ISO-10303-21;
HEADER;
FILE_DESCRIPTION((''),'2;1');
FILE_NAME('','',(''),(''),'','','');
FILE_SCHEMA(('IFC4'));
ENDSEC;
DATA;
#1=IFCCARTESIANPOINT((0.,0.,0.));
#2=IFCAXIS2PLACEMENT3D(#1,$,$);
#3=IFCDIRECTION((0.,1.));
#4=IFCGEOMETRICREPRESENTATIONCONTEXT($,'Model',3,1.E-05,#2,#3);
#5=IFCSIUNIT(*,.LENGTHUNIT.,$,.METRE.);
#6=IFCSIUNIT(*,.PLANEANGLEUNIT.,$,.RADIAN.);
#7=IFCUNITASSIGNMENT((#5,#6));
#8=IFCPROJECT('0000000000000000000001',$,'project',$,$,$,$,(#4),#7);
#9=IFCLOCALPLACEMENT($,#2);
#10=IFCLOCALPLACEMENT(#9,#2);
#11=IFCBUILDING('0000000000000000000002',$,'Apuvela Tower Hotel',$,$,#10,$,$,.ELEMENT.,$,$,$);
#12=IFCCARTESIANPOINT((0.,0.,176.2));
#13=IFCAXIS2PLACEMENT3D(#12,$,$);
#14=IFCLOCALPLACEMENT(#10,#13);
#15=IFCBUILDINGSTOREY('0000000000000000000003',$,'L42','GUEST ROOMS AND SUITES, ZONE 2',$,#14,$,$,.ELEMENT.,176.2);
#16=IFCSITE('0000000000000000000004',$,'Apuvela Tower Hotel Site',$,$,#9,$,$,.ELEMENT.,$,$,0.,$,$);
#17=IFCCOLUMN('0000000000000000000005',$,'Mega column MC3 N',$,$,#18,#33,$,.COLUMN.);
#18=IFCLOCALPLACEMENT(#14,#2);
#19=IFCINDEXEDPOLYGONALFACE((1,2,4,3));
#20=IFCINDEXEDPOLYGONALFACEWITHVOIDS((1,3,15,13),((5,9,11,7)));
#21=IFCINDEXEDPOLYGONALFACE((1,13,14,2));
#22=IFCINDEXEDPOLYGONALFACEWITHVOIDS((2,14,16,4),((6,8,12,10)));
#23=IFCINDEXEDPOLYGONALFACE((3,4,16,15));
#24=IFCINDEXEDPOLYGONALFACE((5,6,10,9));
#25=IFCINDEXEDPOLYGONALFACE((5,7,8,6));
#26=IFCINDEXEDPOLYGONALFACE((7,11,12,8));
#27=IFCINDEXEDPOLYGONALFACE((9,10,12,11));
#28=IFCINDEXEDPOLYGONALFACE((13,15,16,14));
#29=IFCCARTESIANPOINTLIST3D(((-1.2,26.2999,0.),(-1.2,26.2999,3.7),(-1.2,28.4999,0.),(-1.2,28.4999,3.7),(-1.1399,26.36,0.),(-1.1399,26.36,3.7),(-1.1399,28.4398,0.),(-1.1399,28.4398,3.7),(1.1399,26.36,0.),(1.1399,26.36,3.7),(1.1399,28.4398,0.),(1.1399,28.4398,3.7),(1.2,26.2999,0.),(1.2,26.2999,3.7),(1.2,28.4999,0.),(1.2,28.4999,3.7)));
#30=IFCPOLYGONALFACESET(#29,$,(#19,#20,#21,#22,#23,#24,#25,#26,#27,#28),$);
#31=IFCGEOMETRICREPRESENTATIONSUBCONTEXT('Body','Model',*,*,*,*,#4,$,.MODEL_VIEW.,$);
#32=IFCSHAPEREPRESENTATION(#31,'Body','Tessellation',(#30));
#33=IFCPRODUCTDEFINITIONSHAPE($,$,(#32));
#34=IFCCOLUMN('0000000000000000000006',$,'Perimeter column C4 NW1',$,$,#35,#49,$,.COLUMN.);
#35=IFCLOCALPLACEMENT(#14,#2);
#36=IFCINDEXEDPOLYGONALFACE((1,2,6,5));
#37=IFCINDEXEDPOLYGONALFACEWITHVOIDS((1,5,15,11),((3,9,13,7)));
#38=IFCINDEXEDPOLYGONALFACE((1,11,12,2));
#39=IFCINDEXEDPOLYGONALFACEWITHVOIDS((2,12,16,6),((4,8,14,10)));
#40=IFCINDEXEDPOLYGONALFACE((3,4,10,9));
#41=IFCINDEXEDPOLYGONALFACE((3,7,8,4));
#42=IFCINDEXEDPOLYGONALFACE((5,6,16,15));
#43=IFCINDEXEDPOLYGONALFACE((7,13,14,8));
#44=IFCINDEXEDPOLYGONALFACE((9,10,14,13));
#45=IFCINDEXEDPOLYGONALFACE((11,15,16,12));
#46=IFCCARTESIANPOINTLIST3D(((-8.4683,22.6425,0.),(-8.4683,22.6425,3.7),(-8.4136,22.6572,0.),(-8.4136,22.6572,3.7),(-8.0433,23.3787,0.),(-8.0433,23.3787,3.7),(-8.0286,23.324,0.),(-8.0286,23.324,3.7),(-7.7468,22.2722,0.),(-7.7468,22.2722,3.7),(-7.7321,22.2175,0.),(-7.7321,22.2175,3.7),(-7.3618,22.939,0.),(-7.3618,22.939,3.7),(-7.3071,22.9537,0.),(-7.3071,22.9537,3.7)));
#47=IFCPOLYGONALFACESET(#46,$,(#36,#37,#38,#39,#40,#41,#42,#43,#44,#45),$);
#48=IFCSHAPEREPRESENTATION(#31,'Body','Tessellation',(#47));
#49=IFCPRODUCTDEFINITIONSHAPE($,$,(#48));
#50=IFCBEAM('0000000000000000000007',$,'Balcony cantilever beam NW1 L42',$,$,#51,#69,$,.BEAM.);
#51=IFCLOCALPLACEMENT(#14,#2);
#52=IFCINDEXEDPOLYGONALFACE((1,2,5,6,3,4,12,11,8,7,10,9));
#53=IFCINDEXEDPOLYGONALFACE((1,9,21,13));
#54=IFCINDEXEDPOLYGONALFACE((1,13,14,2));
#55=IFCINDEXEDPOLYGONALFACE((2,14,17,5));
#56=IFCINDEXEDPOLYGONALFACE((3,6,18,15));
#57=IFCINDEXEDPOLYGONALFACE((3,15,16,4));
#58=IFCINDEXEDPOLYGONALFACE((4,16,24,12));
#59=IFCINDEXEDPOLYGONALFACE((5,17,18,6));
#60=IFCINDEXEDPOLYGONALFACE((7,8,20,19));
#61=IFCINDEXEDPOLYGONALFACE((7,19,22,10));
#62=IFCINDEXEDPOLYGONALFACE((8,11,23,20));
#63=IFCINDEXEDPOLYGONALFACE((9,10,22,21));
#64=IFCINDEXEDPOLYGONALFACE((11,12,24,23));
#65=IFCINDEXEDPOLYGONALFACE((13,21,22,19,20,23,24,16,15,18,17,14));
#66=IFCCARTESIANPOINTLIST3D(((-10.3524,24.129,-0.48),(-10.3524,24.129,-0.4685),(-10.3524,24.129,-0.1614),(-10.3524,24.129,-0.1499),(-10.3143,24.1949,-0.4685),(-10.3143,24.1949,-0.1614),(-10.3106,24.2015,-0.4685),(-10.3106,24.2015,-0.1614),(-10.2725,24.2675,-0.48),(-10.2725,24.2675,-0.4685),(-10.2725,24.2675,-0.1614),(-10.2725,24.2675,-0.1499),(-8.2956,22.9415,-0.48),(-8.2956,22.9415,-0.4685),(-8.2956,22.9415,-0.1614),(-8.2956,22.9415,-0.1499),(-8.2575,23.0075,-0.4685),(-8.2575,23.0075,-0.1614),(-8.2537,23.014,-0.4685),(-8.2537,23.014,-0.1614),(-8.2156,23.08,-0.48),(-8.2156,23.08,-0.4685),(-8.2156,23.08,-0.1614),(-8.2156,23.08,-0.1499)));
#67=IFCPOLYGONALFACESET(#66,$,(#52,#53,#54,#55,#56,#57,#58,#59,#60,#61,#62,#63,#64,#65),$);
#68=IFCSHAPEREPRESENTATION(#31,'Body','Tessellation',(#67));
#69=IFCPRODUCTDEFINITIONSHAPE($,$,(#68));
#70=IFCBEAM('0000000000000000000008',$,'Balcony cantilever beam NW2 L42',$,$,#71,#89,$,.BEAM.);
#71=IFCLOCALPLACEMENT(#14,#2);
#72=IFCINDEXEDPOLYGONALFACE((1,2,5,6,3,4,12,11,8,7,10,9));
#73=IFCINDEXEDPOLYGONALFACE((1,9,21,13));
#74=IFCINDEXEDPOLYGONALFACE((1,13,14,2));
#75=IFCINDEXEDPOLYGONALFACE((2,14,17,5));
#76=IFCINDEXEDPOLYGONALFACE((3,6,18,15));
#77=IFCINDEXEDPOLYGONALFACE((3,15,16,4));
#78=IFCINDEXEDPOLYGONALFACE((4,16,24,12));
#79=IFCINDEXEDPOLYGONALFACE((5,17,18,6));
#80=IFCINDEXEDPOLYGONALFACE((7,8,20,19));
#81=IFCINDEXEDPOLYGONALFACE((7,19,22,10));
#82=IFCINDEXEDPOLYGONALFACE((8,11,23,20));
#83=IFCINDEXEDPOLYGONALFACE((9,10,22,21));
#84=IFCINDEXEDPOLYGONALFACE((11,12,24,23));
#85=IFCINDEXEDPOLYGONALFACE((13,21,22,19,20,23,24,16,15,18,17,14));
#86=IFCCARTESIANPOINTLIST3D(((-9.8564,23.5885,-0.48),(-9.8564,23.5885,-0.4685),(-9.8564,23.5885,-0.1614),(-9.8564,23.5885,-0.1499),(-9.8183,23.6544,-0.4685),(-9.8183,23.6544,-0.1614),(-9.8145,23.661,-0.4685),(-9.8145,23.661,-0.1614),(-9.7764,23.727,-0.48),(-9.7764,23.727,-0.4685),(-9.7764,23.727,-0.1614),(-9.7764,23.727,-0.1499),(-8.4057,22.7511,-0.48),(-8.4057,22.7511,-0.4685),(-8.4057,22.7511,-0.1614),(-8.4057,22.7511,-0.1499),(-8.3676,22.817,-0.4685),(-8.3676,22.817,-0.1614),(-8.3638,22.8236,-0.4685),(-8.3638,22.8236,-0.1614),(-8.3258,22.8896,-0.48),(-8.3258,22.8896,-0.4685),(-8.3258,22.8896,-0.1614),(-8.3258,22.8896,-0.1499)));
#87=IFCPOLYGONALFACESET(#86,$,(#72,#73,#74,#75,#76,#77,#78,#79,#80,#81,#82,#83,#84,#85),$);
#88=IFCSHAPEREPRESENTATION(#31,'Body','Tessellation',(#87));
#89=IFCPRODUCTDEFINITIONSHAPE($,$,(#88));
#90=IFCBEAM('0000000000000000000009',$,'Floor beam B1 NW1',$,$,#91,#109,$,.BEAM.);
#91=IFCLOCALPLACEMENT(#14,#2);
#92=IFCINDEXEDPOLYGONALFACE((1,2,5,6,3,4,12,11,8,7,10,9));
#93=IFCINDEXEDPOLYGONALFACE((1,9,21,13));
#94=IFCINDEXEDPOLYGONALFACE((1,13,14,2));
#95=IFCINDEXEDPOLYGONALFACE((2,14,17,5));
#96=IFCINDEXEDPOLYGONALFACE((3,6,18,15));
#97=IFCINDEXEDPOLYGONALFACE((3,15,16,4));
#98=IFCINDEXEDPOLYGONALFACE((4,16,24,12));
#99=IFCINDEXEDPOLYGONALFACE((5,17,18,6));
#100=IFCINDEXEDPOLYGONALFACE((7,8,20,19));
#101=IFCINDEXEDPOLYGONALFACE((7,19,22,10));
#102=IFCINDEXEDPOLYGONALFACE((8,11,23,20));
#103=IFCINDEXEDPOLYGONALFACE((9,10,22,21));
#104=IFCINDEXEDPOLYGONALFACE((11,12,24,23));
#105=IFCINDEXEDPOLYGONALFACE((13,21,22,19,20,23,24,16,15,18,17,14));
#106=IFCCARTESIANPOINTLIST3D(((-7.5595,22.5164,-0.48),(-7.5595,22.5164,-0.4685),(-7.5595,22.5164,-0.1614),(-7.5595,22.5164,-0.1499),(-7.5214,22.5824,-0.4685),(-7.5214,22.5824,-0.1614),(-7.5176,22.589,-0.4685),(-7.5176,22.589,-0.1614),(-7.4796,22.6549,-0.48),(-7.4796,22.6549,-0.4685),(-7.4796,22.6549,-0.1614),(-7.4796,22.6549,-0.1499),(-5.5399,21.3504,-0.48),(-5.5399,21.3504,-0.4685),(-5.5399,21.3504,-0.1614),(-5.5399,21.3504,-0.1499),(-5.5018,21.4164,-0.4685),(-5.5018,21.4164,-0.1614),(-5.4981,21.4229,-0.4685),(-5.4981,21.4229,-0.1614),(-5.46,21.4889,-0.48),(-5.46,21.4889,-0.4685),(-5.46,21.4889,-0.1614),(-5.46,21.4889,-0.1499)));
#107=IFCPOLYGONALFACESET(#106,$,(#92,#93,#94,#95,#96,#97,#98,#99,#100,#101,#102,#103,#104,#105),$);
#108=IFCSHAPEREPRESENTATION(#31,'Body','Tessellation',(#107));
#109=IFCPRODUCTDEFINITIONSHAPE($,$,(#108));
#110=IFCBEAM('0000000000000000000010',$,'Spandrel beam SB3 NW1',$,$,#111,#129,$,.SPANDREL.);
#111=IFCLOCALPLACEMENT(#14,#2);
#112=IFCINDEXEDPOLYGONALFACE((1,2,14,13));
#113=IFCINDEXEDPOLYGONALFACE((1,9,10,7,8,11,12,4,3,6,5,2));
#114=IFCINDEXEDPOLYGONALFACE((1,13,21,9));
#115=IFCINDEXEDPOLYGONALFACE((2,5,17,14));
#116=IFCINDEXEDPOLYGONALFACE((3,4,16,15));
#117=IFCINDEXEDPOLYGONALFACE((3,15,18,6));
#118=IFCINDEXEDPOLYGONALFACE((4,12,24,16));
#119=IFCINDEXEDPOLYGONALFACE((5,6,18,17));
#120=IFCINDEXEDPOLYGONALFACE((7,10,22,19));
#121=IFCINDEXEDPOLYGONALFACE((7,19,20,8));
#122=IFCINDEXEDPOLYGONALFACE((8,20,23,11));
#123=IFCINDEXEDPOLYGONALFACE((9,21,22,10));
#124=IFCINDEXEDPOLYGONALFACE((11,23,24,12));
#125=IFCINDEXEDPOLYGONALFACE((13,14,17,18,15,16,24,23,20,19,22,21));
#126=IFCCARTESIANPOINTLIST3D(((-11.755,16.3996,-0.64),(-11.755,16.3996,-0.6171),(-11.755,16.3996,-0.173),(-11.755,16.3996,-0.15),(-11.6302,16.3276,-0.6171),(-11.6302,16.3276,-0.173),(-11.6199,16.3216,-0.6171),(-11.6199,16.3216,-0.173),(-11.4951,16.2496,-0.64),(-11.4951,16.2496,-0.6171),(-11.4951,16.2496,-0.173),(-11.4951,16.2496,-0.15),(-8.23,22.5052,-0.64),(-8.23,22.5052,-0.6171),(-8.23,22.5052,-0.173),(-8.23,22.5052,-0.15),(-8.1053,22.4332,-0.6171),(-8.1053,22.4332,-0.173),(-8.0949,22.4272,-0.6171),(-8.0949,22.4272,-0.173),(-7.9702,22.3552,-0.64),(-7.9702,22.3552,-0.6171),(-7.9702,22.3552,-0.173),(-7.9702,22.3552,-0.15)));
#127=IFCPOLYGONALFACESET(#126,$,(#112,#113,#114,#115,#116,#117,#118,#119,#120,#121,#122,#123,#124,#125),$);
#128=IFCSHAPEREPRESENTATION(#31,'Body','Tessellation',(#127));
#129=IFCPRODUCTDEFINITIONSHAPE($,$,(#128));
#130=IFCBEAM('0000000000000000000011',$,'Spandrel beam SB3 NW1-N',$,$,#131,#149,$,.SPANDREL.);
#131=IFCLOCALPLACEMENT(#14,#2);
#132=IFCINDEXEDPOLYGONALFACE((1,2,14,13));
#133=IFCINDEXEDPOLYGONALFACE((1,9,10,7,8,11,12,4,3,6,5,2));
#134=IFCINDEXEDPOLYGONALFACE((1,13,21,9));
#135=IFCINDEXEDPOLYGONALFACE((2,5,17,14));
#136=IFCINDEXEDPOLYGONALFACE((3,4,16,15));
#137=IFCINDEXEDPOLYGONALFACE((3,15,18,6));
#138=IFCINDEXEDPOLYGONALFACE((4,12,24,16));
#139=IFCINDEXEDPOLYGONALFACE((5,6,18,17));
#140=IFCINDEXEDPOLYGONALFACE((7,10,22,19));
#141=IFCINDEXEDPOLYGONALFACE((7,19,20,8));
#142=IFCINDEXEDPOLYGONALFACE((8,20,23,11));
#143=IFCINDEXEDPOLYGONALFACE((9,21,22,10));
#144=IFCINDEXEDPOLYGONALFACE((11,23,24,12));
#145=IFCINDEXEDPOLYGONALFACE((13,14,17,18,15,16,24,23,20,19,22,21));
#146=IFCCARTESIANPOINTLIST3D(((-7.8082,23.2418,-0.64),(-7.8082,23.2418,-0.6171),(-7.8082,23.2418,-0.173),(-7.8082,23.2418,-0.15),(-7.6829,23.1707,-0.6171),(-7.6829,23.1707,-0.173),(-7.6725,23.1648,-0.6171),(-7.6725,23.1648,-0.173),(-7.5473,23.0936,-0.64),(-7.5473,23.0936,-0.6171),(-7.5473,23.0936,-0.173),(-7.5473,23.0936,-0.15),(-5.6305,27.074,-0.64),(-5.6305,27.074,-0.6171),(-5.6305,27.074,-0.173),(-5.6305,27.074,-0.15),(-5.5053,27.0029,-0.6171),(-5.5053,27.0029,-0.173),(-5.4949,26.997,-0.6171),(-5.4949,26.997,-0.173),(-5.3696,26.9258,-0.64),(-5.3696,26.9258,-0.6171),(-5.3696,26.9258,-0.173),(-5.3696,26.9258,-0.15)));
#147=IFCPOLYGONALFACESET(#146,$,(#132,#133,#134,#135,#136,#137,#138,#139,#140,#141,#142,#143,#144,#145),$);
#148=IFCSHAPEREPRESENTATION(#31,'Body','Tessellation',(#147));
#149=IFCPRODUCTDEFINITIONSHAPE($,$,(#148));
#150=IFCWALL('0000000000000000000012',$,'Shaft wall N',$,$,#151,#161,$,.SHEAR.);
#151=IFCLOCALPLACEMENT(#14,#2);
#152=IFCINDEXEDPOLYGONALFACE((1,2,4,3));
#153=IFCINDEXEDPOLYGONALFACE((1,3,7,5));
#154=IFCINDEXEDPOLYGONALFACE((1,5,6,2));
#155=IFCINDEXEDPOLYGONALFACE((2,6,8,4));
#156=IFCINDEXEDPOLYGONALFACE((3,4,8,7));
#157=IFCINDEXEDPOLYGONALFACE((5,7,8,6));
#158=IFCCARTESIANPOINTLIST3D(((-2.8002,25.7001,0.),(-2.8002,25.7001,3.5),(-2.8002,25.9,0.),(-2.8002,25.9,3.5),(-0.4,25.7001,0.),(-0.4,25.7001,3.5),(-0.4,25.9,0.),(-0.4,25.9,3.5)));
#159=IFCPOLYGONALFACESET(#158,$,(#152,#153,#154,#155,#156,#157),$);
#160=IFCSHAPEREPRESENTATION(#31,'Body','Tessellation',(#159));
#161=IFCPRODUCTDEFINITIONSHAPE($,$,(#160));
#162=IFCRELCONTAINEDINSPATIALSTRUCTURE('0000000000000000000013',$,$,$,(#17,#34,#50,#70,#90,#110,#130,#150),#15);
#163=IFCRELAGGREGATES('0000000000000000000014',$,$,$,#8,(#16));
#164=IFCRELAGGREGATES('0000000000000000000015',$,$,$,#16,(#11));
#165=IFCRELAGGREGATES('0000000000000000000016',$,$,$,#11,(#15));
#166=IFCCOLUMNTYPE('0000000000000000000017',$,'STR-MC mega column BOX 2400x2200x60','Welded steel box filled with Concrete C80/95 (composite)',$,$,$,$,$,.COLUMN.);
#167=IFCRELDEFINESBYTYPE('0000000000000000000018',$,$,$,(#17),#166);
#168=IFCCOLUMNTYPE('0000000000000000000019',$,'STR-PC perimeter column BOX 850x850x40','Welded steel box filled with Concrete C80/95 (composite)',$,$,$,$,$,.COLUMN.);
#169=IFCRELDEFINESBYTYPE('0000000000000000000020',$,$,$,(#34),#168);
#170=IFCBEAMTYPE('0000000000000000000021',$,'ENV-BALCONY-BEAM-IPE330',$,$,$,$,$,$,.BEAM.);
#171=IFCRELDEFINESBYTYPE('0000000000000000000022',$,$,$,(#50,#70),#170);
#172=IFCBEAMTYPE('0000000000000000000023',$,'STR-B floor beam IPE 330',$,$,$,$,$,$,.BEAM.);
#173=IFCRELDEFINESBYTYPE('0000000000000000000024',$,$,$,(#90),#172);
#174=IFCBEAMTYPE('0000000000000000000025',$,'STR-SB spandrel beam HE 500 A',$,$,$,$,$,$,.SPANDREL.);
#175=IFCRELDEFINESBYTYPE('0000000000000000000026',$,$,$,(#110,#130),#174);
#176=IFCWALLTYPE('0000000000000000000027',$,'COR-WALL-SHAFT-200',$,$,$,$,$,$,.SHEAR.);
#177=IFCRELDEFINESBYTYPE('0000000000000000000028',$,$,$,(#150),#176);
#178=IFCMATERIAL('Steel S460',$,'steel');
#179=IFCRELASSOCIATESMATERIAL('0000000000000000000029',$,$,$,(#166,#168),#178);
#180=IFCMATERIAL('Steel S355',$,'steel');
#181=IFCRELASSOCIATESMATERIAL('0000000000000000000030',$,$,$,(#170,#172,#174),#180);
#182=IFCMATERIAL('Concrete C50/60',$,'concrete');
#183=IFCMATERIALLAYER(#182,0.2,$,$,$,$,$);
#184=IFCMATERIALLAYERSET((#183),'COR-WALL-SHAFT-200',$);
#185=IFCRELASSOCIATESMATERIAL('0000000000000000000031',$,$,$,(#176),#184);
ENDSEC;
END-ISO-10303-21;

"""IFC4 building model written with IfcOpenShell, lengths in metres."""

from ifc_helpers import new_model, si_unit, direction, frame, frame_2d, origin, origin_2d, place, context, subcontext, project, spatial, rectangle, hollow_rectangle, i_section, extrude, material, layer, layer_set, material_profile, profile_set, type_object, element, save


model = new_model("IFC4")

# Units and contexts
model_context = context("Model", 3, precision=1e-05, world=origin(), true_north=direction((0.0, 1.0)))
body_context = subcontext(model_context, "Body", "Model", "MODEL_VIEW")
ifc_project = project(units=[si_unit("LENGTHUNIT", "METRE"), si_unit("PLANEANGLEUNIT", "RADIAN")], contexts=[model_context])

# Site, building, storey
site_placement = place(None, origin())
site = spatial("IfcSite", under=ifc_project, at=site_placement, Name="Apuvela Tower Hotel Site", CompositionType="ELEMENT", RefElevation=0.0)
building_placement = place(site_placement, origin())
building = spatial("IfcBuilding", under=site, at=building_placement, Name="Apuvela Tower Hotel", CompositionType="ELEMENT")
storey_placement = place(building_placement, frame((0.0, 0.0, 176.2)))
storey = spatial("IfcBuildingStorey", under=building, at=storey_placement, Name="L42", Description="GUEST ROOMS AND SUITES, ZONE 2", CompositionType="ELEMENT", Elevation=176.2)

# Columns
ifc_material_1 = material(Name="Steel S460", Category="steel")
ifc_material_profile_1 = material_profile(ifc_material_1, hollow_rectangle(XDim=2.3999, YDim=2.2, WallThickness=0.0601, at=origin_2d()), Name="BOX 2400x2200x60")
ifc_material_2 = material(Name="Concrete C80/95", Category="concrete")
ifc_material_profile_2 = material_profile(ifc_material_2, rectangle(XDim=2.28, YDim=2.0801, at=origin_2d()), Name="Concrete C80/95 infill")
ifc_profile_set_1 = profile_set([ifc_material_profile_1, ifc_material_profile_2], Name="Steel S460")
column_type_1 = type_object("IfcColumnType", Name="STR-MC mega column BOX 2400x2200x60", Description="Welded steel box filled with Concrete C80/95 (composite)", PredefinedType="COLUMN", material=ifc_profile_set_1)
column_1_placement = place(storey_placement, frame((0.0, 27.3999, 0.0), z_axis=(0.0, 0.0, 1.0), x_axis=(1.0, 0.0, 0.0)))
element("IfcColumn", 1, at=column_1_placement, inside=storey, type_object=column_type_1, Name="Mega column MC3 N", PredefinedType="COLUMN", context=body_context, shape_type="SweptSolid", body=[
    extrude(hollow_rectangle(XDim=2.3999, YDim=2.2, WallThickness=0.0601, at=origin_2d()), origin(), (0.0, 0.0, 1.0), 3.7),
])
ifc_material_profile_3 = material_profile(ifc_material_1, hollow_rectangle(XDim=0.8501, YDim=0.8501, WallThickness=0.04, at=origin_2d()), Name="BOX 850x850x40")
ifc_material_profile_4 = material_profile(ifc_material_2, rectangle(XDim=0.77, YDim=0.77, at=origin_2d()), Name="Concrete C80/95 infill")
ifc_profile_set_2 = profile_set([ifc_material_profile_3, ifc_material_profile_4], Name="Steel S460")
column_type_2 = type_object("IfcColumnType", Name="STR-PC perimeter column BOX 850x850x40", Description="Welded steel box filled with Concrete C80/95 (composite)", PredefinedType="COLUMN", material=ifc_profile_set_2)
column_2_placement = place(storey_placement, frame((-7.8877, 22.7981, 0.0), z_axis=(0.0, 0.0, 1.0), x_axis=(0.5, 0.866025, 0.0)))
element("IfcColumn", 2, at=column_2_placement, inside=storey, type_object=column_type_2, Name="Perimeter column C4 NW1", PredefinedType="COLUMN", context=body_context, shape_type="SweptSolid", body=[
    extrude(hollow_rectangle(XDim=0.8501, YDim=0.8501, WallThickness=0.04, at=origin_2d()), origin(), (0.0, 0.0, 1.0), 3.7),
])

# Beams
ifc_material_3 = material(Name="Steel S355", Category="steel")
ifc_material_profile_5 = material_profile(ifc_material_3, i_section(OverallWidth=0.1599, OverallDepth=0.3301, WebThickness=0.0076, FlangeThickness=0.0115, at=origin_2d()), Name="IPE 330")
ifc_profile_set_3 = profile_set([ifc_material_profile_5], Name="Steel S355")
beam_type_1 = type_object("IfcBeamType", Name="ENV-BALCONY-BEAM-IPE330", PredefinedType="BEAM", material=ifc_profile_set_3)
beam_1_placement = place(storey_placement, frame((-8.2556, 23.0107, -0.3149), z_axis=(-0.866033, 0.499986, 0.0), x_axis=(-0.499986, -0.866033, 0.0)))
element("IfcBeam", 3, at=beam_1_placement, inside=storey, type_object=beam_type_1, Name="Balcony cantilever beam NW1 L42", PredefinedType="BEAM", context=body_context, shape_type="SweptSolid", body=[
    extrude(i_section(OverallWidth=0.1599, OverallDepth=0.3301, WebThickness=0.0076, FlangeThickness=0.0115, at=origin_2d()), origin(), (0.0, 0.0, 1.0), 2.375),
])
beam_2_placement = place(storey_placement, frame((-8.3657, 22.8203, -0.3149), z_axis=(-0.866064, 0.499933, 0.0), x_axis=(-0.499933, -0.866064, 0.0)))
element("IfcBeam", 4, at=beam_2_placement, inside=storey, type_object=beam_type_1, Name="Balcony cantilever beam NW2 L42", PredefinedType="BEAM", context=body_context, shape_type="SweptSolid", body=[
    extrude(i_section(OverallWidth=0.1599, OverallDepth=0.3301, WebThickness=0.0076, FlangeThickness=0.0115, at=origin_2d()), origin(), (0.0, 0.0, 1.0), 1.675),
])
ifc_material_profile_6 = material_profile(ifc_material_3, i_section(OverallWidth=0.1599, OverallDepth=0.3301, WebThickness=0.0076, FlangeThickness=0.0115, at=origin_2d()), Name="IPE 330")
ifc_profile_set_4 = profile_set([ifc_material_profile_6], Name="Steel S355")
beam_type_2 = type_object("IfcBeamType", Name="STR-B floor beam IPE 330", PredefinedType="BEAM", material=ifc_profile_set_4)
beam_3_placement = place(storey_placement, frame((-7.5195, 22.5857, -0.3149), z_axis=(0.866018, -0.500012, 0.0), x_axis=(0.500012, 0.866018, 0.0)))
element("IfcBeam", 5, at=beam_3_placement, inside=storey, type_object=beam_type_2, Name="Floor beam B1 NW1", PredefinedType="BEAM", context=body_context, shape_type="SweptSolid", body=[
    extrude(i_section(OverallWidth=0.1599, OverallDepth=0.3301, WebThickness=0.0076, FlangeThickness=0.0115, at=origin_2d()), origin(), (0.0, 0.0, 1.0), 2.332),
])
ifc_material_profile_7 = material_profile(ifc_material_3, i_section(OverallWidth=0.3, OverallDepth=0.49, WebThickness=0.012, FlangeThickness=0.0229, at=origin_2d()), Name="HE 500 A")
ifc_profile_set_5 = profile_set([ifc_material_profile_7], Name="Steel S355")
beam_type_3 = type_object("IfcBeamType", Name="STR-SB spandrel beam HE 500 A", PredefinedType="SPANDREL", material=ifc_profile_set_5)
beam_4_placement = place(storey_placement, frame((-8.1001, 22.4302, -0.395), z_axis=(-0.49999, -0.866031, 0.0), x_axis=(0.866031, -0.49999, 0.0)))
element("IfcBeam", 6, at=beam_4_placement, inside=storey, type_object=beam_type_3, Name="Spandrel beam SB3 NW1", PredefinedType="SPANDREL", context=body_context, shape_type="SweptSolid", body=[
    extrude(i_section(OverallWidth=0.3, OverallDepth=0.49, WebThickness=0.012, FlangeThickness=0.0229, at=origin_2d()), origin(), (0.0, 0.0, 1.0), 7.05),
])
beam_5_placement = place(storey_placement, frame((-7.6777, 23.1677, -0.395), z_axis=(0.494062, 0.869427, 0.0), x_axis=(-0.869427, 0.494062, 0.0)))
element("IfcBeam", 7, at=beam_5_placement, inside=storey, type_object=beam_type_3, Name="Spandrel beam SB3 NW1-N", PredefinedType="SPANDREL", context=body_context, shape_type="SweptSolid", body=[
    extrude(i_section(OverallWidth=0.3, OverallDepth=0.49, WebThickness=0.012, FlangeThickness=0.0229, at=origin_2d()), origin(), (0.0, 0.0, 1.0), 4.4077),
])

# Wall
ifc_material_4 = material(Name="Concrete C50/60", Category="concrete")
ifc_layer_1 = layer(ifc_material_4, 0.2)
ifc_layer_set_1 = layer_set([ifc_layer_1], Name="COR-WALL-SHAFT-200")
wall_type_1 = type_object("IfcWallType", Name="COR-WALL-SHAFT-200", PredefinedType="SHEAR", material=ifc_layer_set_1)
wall_1_placement = place(storey_placement, frame((-0.3999, 25.8, 0.0), z_axis=(0.0, 0.0, 1.0), x_axis=(-1.0, 0.0, 0.0)))
element("IfcWall", 8, at=wall_1_placement, inside=storey, type_object=wall_type_1, Name="Shaft wall N", PredefinedType="SHEAR", context=body_context, shape_type="SweptSolid", body=[
    extrude(rectangle(XDim=2.4001, YDim=0.2, at=frame_2d((1.2002, 0.0))), origin(), (0.0, 0.0, 1.0), 3.5),
])

save(model, "model.ifc")
